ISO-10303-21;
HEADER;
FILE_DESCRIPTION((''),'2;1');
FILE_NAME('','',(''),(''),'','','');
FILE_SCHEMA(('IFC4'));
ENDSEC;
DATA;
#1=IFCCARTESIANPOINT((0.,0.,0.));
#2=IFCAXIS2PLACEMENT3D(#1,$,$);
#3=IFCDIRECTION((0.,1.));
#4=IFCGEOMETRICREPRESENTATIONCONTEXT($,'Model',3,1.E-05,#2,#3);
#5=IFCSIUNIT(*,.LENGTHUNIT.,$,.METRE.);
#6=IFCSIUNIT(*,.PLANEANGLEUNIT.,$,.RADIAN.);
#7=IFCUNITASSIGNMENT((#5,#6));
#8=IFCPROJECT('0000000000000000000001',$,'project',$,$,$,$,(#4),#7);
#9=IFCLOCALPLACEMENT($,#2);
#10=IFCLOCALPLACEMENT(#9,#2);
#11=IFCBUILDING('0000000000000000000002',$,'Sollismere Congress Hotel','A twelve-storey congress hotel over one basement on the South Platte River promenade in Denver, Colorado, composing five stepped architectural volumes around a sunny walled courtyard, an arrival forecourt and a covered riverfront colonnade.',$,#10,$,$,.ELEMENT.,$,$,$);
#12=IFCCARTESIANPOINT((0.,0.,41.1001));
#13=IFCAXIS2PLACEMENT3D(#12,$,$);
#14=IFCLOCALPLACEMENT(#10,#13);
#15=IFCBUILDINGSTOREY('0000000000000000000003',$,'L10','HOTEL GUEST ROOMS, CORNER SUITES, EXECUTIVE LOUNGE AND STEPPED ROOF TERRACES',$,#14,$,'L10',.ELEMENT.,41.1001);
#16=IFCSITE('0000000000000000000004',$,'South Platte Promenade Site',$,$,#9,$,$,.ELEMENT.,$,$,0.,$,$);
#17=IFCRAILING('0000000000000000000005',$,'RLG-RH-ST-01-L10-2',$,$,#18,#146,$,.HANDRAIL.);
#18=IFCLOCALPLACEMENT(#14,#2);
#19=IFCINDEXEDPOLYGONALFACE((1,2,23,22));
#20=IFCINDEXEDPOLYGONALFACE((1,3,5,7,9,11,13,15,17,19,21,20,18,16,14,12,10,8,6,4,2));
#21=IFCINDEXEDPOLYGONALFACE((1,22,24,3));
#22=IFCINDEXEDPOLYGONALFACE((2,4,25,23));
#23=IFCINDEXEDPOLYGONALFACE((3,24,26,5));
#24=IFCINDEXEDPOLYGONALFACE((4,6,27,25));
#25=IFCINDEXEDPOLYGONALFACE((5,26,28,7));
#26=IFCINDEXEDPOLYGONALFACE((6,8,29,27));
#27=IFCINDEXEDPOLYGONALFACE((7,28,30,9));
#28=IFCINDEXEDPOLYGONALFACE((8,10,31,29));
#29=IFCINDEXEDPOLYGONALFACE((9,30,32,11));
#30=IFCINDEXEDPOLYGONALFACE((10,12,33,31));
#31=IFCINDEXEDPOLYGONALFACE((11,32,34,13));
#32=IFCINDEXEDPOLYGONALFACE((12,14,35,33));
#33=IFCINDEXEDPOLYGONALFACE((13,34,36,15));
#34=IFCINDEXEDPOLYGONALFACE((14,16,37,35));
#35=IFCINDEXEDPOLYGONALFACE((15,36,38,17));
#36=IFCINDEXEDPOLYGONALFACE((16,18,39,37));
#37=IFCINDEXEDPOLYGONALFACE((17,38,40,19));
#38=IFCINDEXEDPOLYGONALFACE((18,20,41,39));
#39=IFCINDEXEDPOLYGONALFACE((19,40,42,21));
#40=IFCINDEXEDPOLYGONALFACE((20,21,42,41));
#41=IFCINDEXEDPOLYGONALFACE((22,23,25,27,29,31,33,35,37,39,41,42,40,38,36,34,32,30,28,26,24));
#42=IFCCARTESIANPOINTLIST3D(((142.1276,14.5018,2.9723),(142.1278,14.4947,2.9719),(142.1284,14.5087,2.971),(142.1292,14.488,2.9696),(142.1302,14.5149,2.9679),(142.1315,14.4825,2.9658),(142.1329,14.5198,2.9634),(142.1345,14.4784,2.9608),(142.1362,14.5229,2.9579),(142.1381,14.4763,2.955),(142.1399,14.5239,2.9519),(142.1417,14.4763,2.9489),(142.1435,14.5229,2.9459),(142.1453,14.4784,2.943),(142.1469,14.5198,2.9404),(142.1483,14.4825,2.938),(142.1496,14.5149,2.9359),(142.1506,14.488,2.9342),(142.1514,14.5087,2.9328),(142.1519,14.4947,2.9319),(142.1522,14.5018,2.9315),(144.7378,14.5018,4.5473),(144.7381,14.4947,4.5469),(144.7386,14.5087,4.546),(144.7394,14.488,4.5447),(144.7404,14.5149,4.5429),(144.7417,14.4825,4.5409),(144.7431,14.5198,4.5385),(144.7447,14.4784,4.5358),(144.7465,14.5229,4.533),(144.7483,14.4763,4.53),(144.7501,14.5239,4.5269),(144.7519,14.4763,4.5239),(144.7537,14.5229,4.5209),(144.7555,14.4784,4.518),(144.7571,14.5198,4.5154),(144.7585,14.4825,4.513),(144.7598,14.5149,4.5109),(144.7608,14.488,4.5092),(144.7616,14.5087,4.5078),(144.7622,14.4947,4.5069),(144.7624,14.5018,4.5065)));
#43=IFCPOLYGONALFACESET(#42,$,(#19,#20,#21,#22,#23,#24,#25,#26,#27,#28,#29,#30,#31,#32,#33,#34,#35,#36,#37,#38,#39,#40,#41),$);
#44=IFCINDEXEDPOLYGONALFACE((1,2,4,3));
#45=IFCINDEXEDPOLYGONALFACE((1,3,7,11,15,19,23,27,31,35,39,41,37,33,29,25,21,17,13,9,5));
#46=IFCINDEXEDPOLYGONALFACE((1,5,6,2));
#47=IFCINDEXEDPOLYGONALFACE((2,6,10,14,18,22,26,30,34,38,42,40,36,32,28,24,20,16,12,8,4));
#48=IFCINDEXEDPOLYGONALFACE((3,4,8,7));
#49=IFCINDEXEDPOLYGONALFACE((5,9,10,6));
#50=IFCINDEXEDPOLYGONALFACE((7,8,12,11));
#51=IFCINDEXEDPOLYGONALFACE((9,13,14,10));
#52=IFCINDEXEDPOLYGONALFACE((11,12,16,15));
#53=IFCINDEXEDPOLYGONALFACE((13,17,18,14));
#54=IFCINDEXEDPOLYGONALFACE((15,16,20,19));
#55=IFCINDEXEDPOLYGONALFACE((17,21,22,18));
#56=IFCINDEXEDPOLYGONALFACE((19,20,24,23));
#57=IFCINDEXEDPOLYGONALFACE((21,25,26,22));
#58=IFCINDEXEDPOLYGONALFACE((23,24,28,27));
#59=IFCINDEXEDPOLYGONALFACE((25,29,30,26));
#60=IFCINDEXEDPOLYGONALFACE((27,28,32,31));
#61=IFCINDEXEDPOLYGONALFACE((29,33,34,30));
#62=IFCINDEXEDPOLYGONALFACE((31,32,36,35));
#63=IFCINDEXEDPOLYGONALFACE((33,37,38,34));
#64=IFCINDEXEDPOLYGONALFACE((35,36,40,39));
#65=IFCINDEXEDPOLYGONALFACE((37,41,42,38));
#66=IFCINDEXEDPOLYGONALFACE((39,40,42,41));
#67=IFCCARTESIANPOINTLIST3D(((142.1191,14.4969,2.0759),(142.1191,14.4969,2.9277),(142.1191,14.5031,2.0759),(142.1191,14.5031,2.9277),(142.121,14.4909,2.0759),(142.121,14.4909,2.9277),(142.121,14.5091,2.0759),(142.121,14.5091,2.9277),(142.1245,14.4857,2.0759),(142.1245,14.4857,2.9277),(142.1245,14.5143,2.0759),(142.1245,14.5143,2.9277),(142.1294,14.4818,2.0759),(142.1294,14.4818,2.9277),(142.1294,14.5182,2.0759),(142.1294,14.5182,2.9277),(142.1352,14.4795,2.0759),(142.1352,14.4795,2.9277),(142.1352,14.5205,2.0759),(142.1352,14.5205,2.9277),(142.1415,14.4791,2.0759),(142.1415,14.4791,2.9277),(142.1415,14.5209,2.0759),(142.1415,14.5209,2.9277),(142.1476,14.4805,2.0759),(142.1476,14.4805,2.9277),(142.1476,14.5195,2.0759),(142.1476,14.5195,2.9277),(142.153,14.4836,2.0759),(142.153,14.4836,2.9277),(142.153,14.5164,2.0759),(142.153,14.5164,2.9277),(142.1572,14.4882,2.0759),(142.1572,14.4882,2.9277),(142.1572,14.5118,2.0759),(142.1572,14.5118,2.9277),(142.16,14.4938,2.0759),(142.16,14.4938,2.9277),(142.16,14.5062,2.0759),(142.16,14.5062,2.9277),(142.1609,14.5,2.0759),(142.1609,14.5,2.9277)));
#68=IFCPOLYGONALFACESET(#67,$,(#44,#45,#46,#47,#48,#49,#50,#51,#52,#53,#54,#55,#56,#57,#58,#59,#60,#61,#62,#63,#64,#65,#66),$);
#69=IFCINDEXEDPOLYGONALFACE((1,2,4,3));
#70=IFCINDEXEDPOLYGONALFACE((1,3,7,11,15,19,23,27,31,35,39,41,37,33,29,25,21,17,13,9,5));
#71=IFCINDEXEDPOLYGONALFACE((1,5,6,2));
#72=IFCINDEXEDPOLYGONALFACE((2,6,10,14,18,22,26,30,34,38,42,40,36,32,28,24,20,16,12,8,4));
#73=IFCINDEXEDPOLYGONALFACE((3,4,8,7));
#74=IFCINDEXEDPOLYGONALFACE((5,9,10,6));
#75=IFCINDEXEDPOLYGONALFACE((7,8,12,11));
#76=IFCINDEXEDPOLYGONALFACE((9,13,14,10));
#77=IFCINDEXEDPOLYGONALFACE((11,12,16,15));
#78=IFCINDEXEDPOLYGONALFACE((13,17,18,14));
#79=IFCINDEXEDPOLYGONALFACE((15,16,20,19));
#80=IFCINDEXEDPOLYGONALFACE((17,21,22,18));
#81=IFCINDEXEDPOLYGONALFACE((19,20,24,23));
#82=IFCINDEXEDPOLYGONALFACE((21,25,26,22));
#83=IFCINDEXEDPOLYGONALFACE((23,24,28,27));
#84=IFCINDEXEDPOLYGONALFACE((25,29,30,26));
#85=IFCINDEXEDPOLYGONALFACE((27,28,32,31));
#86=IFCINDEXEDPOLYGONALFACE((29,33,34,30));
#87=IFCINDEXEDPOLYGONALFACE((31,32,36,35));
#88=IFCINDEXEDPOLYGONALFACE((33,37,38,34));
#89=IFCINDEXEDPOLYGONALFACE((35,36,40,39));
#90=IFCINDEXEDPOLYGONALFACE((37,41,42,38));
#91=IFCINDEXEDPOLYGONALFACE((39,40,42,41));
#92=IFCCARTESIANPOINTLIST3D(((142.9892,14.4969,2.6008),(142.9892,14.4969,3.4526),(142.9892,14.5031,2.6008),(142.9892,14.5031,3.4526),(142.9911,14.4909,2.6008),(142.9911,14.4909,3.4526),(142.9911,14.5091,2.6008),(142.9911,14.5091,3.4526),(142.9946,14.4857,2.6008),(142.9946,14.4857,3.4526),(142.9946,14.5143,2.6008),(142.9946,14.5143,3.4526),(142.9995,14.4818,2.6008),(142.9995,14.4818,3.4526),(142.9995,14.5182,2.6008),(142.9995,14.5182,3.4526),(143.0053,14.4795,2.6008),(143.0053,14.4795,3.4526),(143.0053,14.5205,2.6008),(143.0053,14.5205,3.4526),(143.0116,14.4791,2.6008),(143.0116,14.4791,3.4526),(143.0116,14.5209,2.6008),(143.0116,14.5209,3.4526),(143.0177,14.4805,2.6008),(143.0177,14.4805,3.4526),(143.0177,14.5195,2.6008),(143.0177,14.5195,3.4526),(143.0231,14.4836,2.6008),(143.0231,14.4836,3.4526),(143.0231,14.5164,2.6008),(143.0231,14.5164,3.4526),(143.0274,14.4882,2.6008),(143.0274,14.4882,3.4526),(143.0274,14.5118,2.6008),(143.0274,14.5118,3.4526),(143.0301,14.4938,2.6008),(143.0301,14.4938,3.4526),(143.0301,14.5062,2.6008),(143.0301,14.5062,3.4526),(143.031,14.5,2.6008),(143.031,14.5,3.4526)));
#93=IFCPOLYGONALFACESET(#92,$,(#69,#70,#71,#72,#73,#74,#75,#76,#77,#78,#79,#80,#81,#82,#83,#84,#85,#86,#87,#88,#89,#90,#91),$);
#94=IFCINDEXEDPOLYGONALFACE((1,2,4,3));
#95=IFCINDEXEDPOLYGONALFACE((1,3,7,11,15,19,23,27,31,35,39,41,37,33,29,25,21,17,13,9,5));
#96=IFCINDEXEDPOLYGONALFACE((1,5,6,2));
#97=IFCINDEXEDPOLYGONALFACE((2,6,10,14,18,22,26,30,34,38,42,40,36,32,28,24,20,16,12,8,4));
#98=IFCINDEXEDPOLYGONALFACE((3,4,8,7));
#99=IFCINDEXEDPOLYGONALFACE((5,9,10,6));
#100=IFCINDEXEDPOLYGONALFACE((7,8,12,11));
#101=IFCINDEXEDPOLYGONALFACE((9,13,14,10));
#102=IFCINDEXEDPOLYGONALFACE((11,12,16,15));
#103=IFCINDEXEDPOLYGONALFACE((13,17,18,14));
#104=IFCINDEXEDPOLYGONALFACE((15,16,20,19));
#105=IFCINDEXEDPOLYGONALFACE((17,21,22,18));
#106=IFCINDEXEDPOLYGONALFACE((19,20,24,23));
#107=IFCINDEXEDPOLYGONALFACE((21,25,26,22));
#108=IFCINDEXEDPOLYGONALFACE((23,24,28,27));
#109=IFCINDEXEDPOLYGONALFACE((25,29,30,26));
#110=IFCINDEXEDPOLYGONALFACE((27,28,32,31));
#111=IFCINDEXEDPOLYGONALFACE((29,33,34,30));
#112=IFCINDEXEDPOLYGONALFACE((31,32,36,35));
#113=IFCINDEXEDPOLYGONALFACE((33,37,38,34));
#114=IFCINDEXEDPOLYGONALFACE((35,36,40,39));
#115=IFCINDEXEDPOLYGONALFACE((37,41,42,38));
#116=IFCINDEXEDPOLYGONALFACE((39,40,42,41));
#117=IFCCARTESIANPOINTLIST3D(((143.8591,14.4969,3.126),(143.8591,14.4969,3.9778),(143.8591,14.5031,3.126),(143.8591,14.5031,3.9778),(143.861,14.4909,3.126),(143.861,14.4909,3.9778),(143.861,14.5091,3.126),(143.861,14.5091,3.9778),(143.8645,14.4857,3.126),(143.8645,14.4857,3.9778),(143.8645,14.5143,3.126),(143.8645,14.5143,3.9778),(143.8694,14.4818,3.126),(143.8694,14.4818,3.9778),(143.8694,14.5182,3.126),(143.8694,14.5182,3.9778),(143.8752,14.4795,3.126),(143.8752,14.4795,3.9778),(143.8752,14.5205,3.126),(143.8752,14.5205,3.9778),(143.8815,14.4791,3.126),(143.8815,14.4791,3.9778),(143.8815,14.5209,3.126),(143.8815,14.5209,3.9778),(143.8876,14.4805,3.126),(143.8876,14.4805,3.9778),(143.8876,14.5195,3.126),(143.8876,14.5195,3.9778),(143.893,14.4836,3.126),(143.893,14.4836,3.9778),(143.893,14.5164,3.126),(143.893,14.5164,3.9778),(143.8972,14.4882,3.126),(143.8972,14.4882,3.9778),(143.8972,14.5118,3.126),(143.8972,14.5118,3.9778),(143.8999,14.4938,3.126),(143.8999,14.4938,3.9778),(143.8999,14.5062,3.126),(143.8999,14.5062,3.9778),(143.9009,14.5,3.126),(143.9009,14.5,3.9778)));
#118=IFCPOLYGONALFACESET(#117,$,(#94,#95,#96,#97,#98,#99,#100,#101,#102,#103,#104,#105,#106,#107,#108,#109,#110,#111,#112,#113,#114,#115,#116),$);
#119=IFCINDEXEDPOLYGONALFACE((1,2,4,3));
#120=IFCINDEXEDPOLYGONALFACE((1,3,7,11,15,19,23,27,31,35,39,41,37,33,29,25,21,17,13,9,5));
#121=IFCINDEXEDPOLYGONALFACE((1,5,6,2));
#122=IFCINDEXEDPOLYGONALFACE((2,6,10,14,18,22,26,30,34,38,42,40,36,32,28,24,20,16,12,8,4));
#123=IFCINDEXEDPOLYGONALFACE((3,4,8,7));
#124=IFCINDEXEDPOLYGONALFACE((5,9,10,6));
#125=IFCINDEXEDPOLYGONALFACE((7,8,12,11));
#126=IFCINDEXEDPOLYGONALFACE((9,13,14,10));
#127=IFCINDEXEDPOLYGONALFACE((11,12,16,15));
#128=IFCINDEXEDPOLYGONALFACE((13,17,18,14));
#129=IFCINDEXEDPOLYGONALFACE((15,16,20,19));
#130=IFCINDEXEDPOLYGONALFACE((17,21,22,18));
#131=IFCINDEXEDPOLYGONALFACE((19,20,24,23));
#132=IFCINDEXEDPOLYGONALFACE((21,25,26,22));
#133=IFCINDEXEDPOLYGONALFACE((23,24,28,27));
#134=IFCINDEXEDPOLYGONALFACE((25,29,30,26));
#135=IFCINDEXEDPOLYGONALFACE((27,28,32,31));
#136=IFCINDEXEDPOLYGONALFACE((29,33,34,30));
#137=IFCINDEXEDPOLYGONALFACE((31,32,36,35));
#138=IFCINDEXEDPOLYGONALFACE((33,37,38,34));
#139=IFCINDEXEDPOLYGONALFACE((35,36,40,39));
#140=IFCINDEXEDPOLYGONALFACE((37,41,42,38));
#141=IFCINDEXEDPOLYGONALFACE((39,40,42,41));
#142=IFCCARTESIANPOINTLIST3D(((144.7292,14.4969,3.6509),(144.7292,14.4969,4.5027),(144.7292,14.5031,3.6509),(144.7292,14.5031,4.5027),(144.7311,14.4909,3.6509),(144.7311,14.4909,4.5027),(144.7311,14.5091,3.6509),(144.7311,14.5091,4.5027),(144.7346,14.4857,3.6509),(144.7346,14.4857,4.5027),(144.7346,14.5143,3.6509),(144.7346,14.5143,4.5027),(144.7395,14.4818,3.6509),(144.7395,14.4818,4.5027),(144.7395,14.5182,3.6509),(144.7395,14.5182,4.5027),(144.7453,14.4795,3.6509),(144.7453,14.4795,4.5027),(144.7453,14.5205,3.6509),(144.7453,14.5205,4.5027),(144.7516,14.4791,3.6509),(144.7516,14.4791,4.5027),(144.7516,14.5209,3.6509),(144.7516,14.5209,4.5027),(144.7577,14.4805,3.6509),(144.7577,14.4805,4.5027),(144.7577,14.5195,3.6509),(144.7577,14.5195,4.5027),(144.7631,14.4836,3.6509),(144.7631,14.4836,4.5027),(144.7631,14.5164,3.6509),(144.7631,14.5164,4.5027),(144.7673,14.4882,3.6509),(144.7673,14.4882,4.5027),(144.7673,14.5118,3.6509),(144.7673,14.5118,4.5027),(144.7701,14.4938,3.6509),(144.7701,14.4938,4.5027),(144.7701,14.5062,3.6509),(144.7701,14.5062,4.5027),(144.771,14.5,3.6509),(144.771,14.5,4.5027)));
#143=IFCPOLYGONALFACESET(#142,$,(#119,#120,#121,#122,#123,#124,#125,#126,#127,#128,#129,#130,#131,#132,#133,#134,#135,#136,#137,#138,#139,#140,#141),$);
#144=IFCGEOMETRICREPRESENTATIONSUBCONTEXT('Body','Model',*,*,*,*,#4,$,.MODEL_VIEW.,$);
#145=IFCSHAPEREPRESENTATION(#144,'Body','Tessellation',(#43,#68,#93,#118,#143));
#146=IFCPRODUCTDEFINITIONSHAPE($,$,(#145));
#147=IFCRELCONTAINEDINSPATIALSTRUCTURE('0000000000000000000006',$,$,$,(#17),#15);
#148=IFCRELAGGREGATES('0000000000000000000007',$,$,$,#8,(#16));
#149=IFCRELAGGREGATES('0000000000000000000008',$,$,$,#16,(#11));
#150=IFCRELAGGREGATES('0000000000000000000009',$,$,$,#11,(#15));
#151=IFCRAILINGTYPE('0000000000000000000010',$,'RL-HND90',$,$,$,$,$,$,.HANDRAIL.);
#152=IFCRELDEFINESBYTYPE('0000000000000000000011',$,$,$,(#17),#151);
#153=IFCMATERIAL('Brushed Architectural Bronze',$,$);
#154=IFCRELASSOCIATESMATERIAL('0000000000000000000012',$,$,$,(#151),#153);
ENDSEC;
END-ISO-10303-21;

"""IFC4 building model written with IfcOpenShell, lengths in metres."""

from ifc_helpers import new_model, si_unit, direction, frame, origin, origin_2d, place, context, subcontext, project, spatial, circle, extrude, material, type_object, element, save


model = new_model("IFC4")

# Units and contexts
model_context = context("Model", 3, precision=1e-05, world=origin(), true_north=direction((0.0, 1.0)))
body_context = subcontext(model_context, "Body", "Model", "MODEL_VIEW")
ifc_project = project(units=[si_unit("LENGTHUNIT", "METRE"), si_unit("PLANEANGLEUNIT", "RADIAN")], contexts=[model_context])

# Site, building, storey
site_placement = place(None, origin())
site = spatial("IfcSite", under=ifc_project, at=site_placement, Name="South Platte Promenade Site", CompositionType="ELEMENT", RefElevation=0.0)
building_placement = place(site_placement, origin())
building = spatial("IfcBuilding", under=site, at=building_placement, Name="Sollismere Congress Hotel", Description="A twelve-storey congress hotel over one basement on the South Platte River promenade in Denver, Colorado, composing five stepped architectural volumes around a sunny walled courtyard, an arrival forecourt and a covered riverfront colonnade.", CompositionType="ELEMENT")
storey_placement = place(building_placement, frame((0.0, 0.0, 41.1001)))
storey = spatial("IfcBuildingStorey", under=building, at=storey_placement, Name="L10", Description="HOTEL GUEST ROOMS, CORNER SUITES, EXECUTIVE LOUNGE AND STEPPED ROOF TERRACES", LongName="L10", CompositionType="ELEMENT", Elevation=41.1001)

# Railing
ifc_material_1 = material(Name="Brushed Architectural Bronze")
railing_type_1 = type_object("IfcRailingType", Name="RL-HND90", PredefinedType="HANDRAIL", material=ifc_material_1)
railing_1_placement = place(storey_placement, frame((142.1399, 14.5, 2.0759)))
element("IfcRailing", 1, at=railing_1_placement, inside=storey, type_object=railing_type_1, Name="RLG-RH-ST-01-L10-2", PredefinedType="HANDRAIL", context=body_context, shape_type="SweptSolid", body=[
    extrude(circle(Radius=0.0239, at=origin_2d()), frame((0.0, 0.0, 0.876), z_axis=(0.856204, 0.0, 0.516638), x_axis=(0.0, 1.0, 0.0)), (0.0, 0.0, 1.0), 3.0486),
    extrude(circle(Radius=0.021, at=origin_2d()), origin(), (0.0, 0.0, 1.0), 0.8518),
    extrude(circle(Radius=0.021, at=origin_2d()), frame((0.8701, 0.0, 0.5249)), (0.0, 0.0, 1.0), 0.8518),
    extrude(circle(Radius=0.021, at=origin_2d()), frame((1.74, 0.0, 1.05)), (0.0, 0.0, 1.0), 0.8518),
    extrude(circle(Radius=0.021, at=origin_2d()), frame((2.6101, 0.0, 1.575)), (0.0, 0.0, 1.0), 0.8518),
])

save(model, "model.ifc")
